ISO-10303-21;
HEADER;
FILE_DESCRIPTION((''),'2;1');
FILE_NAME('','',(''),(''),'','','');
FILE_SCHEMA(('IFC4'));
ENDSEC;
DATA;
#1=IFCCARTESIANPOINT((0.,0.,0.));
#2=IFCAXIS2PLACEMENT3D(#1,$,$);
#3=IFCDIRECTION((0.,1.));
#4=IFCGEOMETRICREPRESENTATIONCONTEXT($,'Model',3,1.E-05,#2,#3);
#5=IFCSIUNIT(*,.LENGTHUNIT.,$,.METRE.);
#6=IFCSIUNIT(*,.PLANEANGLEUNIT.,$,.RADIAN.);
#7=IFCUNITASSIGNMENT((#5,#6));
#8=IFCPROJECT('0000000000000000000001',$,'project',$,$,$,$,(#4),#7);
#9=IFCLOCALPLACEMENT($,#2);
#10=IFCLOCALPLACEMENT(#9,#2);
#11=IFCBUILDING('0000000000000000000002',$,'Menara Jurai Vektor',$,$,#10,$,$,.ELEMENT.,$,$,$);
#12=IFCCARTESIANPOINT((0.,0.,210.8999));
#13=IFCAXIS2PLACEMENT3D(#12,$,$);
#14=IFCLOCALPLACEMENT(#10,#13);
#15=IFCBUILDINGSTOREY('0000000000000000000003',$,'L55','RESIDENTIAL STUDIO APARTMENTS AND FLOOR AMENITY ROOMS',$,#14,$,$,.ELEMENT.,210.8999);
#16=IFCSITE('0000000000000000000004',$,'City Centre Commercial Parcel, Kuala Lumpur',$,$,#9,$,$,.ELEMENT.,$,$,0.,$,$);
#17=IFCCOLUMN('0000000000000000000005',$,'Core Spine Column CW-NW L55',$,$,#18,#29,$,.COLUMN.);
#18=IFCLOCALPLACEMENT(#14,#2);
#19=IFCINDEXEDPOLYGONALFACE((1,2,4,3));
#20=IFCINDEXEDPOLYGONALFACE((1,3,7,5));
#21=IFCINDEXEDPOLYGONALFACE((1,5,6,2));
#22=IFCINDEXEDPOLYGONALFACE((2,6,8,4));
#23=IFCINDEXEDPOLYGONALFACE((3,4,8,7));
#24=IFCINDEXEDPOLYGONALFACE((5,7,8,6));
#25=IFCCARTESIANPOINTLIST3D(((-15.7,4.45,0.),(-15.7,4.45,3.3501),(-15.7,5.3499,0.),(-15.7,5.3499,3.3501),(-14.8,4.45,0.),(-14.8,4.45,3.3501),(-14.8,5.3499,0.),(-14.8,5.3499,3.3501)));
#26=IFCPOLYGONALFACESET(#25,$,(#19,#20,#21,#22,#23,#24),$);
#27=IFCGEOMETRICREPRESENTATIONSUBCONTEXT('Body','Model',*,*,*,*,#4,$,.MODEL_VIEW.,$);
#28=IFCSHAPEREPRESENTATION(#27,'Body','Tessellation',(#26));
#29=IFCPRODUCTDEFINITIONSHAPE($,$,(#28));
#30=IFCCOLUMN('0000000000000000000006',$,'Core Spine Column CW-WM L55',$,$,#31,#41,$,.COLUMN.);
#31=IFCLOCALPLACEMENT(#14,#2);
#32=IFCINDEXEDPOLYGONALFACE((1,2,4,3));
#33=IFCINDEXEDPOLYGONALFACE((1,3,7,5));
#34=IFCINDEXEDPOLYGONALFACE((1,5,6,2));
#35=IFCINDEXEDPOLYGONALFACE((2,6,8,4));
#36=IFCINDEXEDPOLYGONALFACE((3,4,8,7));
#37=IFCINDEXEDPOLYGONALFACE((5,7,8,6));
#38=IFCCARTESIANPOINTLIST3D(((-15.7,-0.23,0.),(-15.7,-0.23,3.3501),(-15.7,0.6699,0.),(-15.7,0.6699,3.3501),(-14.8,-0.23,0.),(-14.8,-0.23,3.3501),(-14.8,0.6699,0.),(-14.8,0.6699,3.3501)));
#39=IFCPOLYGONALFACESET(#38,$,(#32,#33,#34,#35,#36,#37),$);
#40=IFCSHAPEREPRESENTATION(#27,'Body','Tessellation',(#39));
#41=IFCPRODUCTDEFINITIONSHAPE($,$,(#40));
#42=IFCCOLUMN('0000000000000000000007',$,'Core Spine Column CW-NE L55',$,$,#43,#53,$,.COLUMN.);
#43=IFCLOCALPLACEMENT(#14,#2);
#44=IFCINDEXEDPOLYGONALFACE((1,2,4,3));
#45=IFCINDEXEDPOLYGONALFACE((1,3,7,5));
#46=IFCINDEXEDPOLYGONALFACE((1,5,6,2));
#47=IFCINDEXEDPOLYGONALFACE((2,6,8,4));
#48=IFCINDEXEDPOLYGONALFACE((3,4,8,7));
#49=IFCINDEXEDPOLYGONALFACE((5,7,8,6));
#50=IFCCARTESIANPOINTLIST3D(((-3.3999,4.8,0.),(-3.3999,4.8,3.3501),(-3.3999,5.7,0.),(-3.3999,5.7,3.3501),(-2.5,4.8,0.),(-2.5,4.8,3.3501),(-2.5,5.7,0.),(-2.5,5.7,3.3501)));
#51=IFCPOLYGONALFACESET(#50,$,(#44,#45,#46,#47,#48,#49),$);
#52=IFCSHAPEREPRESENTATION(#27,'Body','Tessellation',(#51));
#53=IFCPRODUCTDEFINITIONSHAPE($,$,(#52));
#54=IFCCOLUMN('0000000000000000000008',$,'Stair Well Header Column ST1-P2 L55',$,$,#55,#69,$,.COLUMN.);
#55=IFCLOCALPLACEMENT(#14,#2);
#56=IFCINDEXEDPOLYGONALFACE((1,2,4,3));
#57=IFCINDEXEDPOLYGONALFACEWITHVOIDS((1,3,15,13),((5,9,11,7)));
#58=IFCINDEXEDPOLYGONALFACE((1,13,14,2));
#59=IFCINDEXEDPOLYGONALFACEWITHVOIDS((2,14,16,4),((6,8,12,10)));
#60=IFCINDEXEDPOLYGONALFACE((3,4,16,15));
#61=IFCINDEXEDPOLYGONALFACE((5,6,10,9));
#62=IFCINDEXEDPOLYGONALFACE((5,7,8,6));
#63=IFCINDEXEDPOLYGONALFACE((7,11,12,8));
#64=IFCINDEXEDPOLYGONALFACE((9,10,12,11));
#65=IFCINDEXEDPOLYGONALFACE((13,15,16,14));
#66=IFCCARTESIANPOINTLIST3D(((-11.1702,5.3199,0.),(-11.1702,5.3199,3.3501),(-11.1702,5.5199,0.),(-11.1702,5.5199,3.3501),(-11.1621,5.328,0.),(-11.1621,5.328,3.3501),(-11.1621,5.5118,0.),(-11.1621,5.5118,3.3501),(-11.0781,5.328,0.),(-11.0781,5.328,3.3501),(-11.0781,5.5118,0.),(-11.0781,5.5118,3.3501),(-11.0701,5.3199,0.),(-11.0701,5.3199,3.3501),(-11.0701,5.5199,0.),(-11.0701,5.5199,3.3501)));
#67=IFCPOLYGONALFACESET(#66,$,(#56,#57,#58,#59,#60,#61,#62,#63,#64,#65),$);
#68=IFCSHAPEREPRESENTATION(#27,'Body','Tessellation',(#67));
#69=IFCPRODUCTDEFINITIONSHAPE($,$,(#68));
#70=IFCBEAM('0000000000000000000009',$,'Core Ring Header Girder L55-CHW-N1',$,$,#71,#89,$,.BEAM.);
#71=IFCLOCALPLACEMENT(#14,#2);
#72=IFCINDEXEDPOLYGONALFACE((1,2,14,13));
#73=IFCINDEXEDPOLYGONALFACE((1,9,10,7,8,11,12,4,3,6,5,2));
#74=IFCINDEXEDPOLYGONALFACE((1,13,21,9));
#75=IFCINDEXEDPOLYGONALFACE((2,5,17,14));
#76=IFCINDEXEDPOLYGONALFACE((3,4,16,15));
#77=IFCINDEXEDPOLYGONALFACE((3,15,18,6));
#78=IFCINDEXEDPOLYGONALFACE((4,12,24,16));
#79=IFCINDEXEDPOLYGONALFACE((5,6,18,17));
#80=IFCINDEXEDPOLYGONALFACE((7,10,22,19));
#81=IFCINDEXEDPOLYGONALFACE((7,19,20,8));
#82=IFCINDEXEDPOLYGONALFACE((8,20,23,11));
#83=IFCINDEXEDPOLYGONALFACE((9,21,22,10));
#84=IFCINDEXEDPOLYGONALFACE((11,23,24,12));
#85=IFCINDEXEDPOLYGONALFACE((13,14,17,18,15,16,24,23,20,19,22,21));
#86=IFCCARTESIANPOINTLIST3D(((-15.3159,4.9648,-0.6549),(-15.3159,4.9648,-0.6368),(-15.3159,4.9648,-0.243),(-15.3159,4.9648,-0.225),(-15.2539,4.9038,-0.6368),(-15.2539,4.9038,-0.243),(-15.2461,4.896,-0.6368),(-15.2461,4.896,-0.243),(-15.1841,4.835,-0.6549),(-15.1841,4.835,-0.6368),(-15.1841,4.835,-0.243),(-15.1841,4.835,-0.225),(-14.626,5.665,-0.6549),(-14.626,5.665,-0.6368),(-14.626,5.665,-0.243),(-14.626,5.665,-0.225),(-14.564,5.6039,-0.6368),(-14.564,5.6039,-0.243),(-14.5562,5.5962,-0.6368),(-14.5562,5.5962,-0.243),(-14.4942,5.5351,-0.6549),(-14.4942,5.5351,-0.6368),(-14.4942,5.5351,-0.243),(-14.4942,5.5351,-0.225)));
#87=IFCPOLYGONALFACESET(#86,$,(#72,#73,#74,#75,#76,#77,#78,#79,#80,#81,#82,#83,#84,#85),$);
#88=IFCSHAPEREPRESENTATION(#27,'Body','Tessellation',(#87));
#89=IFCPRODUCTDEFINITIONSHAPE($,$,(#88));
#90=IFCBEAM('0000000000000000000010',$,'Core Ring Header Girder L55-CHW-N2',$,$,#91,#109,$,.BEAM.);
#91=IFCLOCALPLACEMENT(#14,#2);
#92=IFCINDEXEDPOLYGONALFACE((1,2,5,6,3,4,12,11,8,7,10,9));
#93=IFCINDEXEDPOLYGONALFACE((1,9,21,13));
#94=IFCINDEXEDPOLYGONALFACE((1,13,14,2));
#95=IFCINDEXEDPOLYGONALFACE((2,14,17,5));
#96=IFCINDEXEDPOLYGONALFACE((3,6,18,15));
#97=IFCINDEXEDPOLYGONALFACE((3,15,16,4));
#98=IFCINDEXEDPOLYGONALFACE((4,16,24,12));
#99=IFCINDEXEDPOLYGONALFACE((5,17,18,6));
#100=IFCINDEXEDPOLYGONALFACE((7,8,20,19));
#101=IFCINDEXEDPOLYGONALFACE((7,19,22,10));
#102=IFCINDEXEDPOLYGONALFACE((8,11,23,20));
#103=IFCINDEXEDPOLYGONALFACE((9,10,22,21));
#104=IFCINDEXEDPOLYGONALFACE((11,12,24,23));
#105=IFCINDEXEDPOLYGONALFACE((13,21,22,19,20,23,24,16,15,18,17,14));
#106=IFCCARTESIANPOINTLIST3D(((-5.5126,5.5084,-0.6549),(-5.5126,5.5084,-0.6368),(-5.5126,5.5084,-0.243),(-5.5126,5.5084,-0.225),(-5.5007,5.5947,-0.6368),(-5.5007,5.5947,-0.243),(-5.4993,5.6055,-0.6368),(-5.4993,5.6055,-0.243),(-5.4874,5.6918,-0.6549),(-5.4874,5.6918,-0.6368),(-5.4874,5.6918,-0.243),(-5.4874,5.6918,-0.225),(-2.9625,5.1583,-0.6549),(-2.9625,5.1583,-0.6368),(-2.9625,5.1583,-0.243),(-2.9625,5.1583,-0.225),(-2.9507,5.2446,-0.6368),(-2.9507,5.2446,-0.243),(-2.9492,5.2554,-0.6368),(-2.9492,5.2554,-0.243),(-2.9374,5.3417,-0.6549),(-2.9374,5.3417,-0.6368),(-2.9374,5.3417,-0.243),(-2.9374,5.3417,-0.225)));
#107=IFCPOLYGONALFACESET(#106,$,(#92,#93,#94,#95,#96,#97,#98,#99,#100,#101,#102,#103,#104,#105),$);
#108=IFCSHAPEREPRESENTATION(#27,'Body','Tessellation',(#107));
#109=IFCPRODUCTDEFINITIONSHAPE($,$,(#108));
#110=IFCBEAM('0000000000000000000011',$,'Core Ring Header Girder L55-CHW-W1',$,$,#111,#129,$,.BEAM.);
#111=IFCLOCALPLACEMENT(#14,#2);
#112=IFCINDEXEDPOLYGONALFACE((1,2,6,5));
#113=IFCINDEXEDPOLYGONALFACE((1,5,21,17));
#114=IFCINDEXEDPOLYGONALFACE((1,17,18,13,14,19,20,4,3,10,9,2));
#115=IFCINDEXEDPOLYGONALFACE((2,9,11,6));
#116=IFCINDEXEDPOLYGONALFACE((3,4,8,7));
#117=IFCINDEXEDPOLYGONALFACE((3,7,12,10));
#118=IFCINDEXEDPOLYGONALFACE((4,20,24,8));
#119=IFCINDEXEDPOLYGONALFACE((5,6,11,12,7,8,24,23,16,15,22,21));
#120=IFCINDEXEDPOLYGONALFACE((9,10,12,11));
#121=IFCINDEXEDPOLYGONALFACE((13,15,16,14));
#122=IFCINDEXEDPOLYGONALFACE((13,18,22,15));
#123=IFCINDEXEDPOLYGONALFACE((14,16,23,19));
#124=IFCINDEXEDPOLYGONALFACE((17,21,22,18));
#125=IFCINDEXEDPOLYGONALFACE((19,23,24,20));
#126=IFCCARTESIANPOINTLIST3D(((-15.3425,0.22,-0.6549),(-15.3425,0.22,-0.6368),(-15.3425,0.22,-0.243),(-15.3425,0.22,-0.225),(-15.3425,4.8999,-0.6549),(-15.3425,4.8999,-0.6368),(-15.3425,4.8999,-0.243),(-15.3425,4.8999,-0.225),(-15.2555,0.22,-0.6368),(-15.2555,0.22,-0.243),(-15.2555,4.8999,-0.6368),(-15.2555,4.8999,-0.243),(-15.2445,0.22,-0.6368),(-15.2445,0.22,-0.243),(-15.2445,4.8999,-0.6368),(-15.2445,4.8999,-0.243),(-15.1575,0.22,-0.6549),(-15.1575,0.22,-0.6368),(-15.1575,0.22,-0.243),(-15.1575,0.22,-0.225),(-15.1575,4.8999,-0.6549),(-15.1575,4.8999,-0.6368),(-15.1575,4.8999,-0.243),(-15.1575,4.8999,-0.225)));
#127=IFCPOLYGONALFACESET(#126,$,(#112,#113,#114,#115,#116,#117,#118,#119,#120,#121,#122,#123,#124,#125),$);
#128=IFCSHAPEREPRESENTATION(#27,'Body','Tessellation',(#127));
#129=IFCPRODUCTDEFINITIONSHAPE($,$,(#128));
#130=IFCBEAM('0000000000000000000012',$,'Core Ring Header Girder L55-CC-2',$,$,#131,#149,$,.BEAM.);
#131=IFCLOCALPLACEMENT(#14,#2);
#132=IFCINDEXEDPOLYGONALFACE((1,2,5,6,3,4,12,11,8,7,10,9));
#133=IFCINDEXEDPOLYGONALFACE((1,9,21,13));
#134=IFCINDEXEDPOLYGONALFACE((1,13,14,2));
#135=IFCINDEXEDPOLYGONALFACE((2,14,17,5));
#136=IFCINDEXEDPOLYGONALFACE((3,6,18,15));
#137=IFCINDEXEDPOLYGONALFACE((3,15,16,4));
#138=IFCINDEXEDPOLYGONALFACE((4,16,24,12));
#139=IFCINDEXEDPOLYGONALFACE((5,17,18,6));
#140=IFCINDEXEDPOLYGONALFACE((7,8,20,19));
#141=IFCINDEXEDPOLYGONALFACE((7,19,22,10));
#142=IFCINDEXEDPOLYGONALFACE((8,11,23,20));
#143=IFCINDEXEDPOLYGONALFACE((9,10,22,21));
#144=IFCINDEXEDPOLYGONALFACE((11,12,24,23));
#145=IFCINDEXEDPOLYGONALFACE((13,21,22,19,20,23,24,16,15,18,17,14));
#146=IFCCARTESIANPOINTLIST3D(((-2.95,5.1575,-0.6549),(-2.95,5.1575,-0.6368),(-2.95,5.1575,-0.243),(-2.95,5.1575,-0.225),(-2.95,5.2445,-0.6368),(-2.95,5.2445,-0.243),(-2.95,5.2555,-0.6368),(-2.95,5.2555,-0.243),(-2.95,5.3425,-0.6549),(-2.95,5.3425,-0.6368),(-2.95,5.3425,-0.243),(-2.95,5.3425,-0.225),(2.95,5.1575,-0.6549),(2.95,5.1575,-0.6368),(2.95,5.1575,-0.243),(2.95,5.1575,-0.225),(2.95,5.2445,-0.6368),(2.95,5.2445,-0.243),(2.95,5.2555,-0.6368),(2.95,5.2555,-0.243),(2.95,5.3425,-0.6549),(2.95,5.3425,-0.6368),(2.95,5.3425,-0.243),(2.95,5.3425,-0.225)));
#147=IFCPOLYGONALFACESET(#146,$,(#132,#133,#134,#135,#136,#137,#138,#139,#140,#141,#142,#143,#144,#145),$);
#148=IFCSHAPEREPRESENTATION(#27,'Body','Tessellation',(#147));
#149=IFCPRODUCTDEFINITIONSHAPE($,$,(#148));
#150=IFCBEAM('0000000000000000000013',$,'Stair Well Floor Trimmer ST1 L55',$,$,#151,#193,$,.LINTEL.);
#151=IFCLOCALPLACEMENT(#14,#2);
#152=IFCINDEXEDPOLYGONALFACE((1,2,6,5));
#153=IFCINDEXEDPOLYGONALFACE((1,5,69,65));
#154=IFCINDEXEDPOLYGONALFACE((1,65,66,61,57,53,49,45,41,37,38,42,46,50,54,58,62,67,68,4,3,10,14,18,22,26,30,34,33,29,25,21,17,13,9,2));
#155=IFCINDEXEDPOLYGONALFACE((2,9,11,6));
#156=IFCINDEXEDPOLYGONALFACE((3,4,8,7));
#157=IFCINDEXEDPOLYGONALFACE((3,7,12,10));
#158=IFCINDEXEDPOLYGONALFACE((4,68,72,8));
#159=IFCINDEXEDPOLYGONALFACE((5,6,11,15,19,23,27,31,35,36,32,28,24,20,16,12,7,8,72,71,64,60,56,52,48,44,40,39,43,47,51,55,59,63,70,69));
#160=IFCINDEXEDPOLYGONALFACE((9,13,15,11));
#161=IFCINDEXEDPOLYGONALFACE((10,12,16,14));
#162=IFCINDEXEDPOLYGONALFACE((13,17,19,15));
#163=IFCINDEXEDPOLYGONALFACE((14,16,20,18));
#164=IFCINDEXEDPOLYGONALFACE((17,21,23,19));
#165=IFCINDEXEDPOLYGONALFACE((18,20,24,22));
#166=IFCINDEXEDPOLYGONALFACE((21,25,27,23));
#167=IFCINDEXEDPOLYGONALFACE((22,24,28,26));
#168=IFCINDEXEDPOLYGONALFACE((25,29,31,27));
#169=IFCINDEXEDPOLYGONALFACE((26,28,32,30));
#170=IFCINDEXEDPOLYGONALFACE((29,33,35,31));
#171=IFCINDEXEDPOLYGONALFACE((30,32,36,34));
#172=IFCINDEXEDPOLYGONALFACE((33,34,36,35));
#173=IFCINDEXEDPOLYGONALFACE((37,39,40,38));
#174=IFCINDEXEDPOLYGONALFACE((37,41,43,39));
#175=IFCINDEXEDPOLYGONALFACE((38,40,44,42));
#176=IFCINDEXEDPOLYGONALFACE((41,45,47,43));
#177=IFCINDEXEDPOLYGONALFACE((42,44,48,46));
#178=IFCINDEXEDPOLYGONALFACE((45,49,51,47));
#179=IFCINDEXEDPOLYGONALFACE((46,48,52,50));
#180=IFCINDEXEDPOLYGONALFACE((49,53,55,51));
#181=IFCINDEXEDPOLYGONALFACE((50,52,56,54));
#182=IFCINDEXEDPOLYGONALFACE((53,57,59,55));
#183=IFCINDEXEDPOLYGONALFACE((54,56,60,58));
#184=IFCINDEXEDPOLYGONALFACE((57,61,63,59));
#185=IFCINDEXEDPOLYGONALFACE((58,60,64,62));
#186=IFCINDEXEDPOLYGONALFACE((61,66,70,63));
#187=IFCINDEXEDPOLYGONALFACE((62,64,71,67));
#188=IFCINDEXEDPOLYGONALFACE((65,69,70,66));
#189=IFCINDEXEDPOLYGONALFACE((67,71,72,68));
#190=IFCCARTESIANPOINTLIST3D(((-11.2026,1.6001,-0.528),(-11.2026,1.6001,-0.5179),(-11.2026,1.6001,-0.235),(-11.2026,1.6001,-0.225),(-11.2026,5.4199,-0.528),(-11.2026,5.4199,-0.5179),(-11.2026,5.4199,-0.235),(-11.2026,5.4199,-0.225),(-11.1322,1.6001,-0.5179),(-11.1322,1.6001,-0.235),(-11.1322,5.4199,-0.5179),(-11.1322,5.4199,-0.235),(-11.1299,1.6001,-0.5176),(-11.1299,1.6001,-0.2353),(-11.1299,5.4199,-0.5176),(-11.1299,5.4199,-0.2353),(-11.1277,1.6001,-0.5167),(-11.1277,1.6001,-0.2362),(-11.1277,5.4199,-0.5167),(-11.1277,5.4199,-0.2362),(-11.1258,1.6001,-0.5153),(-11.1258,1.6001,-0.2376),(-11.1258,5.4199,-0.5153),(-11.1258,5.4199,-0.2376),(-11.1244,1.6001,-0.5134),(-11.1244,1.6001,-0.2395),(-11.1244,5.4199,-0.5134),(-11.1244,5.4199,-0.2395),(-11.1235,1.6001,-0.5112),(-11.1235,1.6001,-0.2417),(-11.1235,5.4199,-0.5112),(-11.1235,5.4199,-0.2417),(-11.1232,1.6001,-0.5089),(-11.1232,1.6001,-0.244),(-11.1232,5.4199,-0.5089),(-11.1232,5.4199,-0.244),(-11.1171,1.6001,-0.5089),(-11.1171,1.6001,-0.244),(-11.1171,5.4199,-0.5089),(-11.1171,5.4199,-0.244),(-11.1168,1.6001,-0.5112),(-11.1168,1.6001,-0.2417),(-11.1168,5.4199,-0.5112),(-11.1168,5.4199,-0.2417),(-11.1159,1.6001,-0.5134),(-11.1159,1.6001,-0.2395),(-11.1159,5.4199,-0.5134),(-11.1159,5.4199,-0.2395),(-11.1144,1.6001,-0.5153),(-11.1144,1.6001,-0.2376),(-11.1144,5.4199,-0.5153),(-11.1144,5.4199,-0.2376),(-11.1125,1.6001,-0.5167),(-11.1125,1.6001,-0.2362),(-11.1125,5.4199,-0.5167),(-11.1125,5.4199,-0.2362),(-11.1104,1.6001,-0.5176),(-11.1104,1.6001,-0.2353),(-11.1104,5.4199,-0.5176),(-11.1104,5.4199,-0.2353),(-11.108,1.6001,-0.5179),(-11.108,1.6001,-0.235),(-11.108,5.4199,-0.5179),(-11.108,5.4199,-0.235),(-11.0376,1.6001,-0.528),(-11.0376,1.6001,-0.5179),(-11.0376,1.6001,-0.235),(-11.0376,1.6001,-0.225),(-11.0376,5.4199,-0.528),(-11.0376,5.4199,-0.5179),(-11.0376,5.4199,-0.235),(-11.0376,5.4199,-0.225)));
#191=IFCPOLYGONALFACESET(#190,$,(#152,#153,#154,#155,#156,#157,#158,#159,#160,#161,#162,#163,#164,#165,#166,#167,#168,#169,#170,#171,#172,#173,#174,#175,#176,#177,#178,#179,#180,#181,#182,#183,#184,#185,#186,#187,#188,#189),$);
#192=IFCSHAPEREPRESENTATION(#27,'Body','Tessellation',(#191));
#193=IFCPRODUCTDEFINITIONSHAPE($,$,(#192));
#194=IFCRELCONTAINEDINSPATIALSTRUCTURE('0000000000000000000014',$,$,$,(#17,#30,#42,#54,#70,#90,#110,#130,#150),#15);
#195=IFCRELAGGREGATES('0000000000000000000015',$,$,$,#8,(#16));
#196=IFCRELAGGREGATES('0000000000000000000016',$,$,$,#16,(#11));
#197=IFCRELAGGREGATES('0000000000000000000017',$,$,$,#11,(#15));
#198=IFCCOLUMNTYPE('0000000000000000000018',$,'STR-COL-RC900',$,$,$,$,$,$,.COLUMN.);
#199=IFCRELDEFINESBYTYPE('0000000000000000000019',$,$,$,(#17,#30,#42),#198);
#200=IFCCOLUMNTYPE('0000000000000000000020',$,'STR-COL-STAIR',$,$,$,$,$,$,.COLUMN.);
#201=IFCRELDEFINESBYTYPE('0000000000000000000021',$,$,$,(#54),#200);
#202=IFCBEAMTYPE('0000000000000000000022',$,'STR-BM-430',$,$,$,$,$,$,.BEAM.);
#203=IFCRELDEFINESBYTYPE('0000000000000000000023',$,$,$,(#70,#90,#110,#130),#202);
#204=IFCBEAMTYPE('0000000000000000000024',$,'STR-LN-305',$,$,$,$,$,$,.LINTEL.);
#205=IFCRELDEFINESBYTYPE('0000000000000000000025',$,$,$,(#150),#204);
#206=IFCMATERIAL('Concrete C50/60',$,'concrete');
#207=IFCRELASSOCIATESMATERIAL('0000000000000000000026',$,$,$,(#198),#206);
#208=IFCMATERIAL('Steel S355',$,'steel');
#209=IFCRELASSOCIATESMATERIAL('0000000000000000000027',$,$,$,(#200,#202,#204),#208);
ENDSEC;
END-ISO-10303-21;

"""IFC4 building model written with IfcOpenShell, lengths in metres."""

from ifc_helpers import new_model, si_unit, direction, frame, origin, origin_2d, place, context, subcontext, project, spatial, rectangle, hollow_rectangle, i_section, extrude, material, material_profile, profile_set, type_object, element, save


model = new_model("IFC4")

# Units and contexts
model_context = context("Model", 3, precision=1e-05, world=origin(), true_north=direction((0.0, 1.0)))
body_context = subcontext(model_context, "Body", "Model", "MODEL_VIEW")
ifc_project = project(units=[si_unit("LENGTHUNIT", "METRE"), si_unit("PLANEANGLEUNIT", "RADIAN")], contexts=[model_context])

# Site, building, storey
site_placement = place(None, origin())
site = spatial("IfcSite", under=ifc_project, at=site_placement, Name="City Centre Commercial Parcel, Kuala Lumpur", CompositionType="ELEMENT", RefElevation=0.0)
building_placement = place(site_placement, origin())
building = spatial("IfcBuilding", under=site, at=building_placement, Name="Menara Jurai Vektor", CompositionType="ELEMENT")
storey_placement = place(building_placement, frame((0.0, 0.0, 210.8999)))
storey = spatial("IfcBuildingStorey", under=building, at=storey_placement, Name="L55", Description="RESIDENTIAL STUDIO APARTMENTS AND FLOOR AMENITY ROOMS", CompositionType="ELEMENT", Elevation=210.8999)

# Columns
ifc_material_1 = material(Name="Concrete C50/60", Category="concrete")
ifc_material_profile_1 = material_profile(ifc_material_1, rectangle(XDim=0.8999, YDim=0.8999, at=origin_2d()), Name="RC 900x900")
ifc_profile_set_1 = profile_set([ifc_material_profile_1], Name="Concrete C50/60")
column_type_1 = type_object("IfcColumnType", Name="STR-COL-RC900", PredefinedType="COLUMN", material=ifc_profile_set_1)
for number, where, z_axis, x_axis, name in (
    (1, (-15.25, 4.8999, 0.0), (0.0, 0.0, 1.0), (1.0, 0.0, 0.0), "Core Spine Column CW-NW L55"),
    (2, (-15.25, 0.22, 0.0), (0.0, 0.0, 1.0), (1.0, 0.0, 0.0), "Core Spine Column CW-WM L55"),
    (3, (-2.95, 5.25, 0.0), (0.0, 0.0, 1.0), (1.0, 0.0, 0.0), "Core Spine Column CW-NE L55"),
):
    element("IfcColumn", number, at=place(storey_placement, frame(where, z_axis=z_axis, x_axis=x_axis)), inside=storey, type_object=column_type_1, Name=name, PredefinedType="COLUMN", context=body_context, shape_type="SweptSolid", body=[
        extrude(rectangle(XDim=0.8999, YDim=0.8999, at=origin_2d()), origin(), (0.0, 0.0, 1.0), 3.3501),
    ])
ifc_material_2 = material(Name="Steel S355", Category="steel")
ifc_material_profile_2 = material_profile(ifc_material_2, hollow_rectangle(XDim=0.1001, YDim=0.2, WallThickness=0.0081, at=origin_2d()), Name="RHS 200x100x8")
ifc_profile_set_2 = profile_set([ifc_material_profile_2], Name="Steel S355")
column_type_2 = type_object("IfcColumnType", Name="STR-COL-STAIR", PredefinedType="COLUMN", material=ifc_profile_set_2)
column_placement = place(storey_placement, frame((-11.1201, 5.4199, 0.0), z_axis=(0.0, 0.0, 1.0), x_axis=(1.0, 0.0, 0.0)))
element("IfcColumn", 4, at=column_placement, inside=storey, type_object=column_type_2, Name="Stair Well Header Column ST1-P2 L55", PredefinedType="COLUMN", context=body_context, shape_type="SweptSolid", body=[
    extrude(hollow_rectangle(XDim=0.1001, YDim=0.2, WallThickness=0.0081, at=origin_2d()), origin(), (0.0, 0.0, 1.0), 3.3501),
])

# Beams
ifc_material_profile_3 = material_profile(ifc_material_2, i_section(OverallWidth=0.1851, OverallDepth=0.4299, WebThickness=0.011, FlangeThickness=0.0181, at=origin_2d()), Name="PG 430x185x76")
ifc_profile_set_3 = profile_set([ifc_material_profile_3], Name="Steel S355")
beam_type_1 = type_object("IfcBeamType", Name="STR-BM-430", PredefinedType="BEAM", material=ifc_profile_set_3)
beam_1_placement = place(storey_placement, frame((-15.25, 4.8999, -0.4399), z_axis=(0.701872, 0.712303, 0.0), x_axis=(-0.712303, 0.701872, 0.0)))
element("IfcBeam", 5, at=beam_1_placement, inside=storey, type_object=beam_type_1, Name="Core Ring Header Girder L55-CHW-N1", PredefinedType="BEAM", context=body_context, shape_type="SweptSolid", body=[
    extrude(i_section(OverallWidth=0.1851, OverallDepth=0.4299, WebThickness=0.011, FlangeThickness=0.0181, at=origin_2d()), origin(), (0.0, 0.0, 1.0), 0.9829),
])
beam_2_placement = place(storey_placement, frame((-5.5, 5.6001, -0.4399), z_axis=(0.990707, -0.136015, 0.0), x_axis=(0.136015, 0.990707, 0.0)))
element("IfcBeam", 6, at=beam_2_placement, inside=storey, type_object=beam_type_1, Name="Core Ring Header Girder L55-CHW-N2", PredefinedType="BEAM", context=body_context, shape_type="SweptSolid", body=[
    extrude(i_section(OverallWidth=0.1851, OverallDepth=0.4299, WebThickness=0.011, FlangeThickness=0.0181, at=origin_2d()), origin(), (0.0, 0.0, 1.0), 2.574),
])
beam_3_placement = place(storey_placement, frame((-15.25, 0.22, -0.4399), z_axis=(0.0, 1.0, 0.0), x_axis=(-1.0, 0.0, 0.0)))
element("IfcBeam", 7, at=beam_3_placement, inside=storey, type_object=beam_type_1, Name="Core Ring Header Girder L55-CHW-W1", PredefinedType="BEAM", context=body_context, shape_type="SweptSolid", body=[
    extrude(i_section(OverallWidth=0.1851, OverallDepth=0.4299, WebThickness=0.011, FlangeThickness=0.0181, at=origin_2d()), origin(), (0.0, 0.0, 1.0), 4.6799),
])
beam_4_placement = place(storey_placement, frame((-2.95, 5.25, -0.4399), z_axis=(1.0, 0.0, 0.0), x_axis=(0.0, 1.0, 0.0)))
element("IfcBeam", 8, at=beam_4_placement, inside=storey, type_object=beam_type_1, Name="Core Ring Header Girder L55-CC-2", PredefinedType="BEAM", context=body_context, shape_type="SweptSolid", body=[
    extrude(i_section(OverallWidth=0.1851, OverallDepth=0.4299, WebThickness=0.011, FlangeThickness=0.0181, at=origin_2d()), origin(), (0.0, 0.0, 1.0), 5.8999),
])
ifc_material_profile_4 = material_profile(ifc_material_2, i_section(OverallWidth=0.165, OverallDepth=0.303, WebThickness=0.0061, FlangeThickness=0.01, FilletRadius=0.009, at=origin_2d()), Name="UKB 305x165x40")
ifc_profile_set_4 = profile_set([ifc_material_profile_4], Name="Steel S355")
beam_type_2 = type_object("IfcBeamType", Name="STR-LN-305", PredefinedType="LINTEL", material=ifc_profile_set_4)
beam_5_placement = place(storey_placement, frame((-11.1201, 1.6001, -0.3765), z_axis=(0.0, 1.0, 0.0), x_axis=(-1.0, 0.0, 0.0)))
element("IfcBeam", 9, at=beam_5_placement, inside=storey, type_object=beam_type_2, Name="Stair Well Floor Trimmer ST1 L55", PredefinedType="LINTEL", context=body_context, shape_type="SweptSolid", body=[
    extrude(i_section(OverallWidth=0.165, OverallDepth=0.303, WebThickness=0.0061, FlangeThickness=0.01, FilletRadius=0.009, at=origin_2d()), origin(), (0.0, 0.0, 1.0), 3.8198),
])

save(model, "model.ifc")
